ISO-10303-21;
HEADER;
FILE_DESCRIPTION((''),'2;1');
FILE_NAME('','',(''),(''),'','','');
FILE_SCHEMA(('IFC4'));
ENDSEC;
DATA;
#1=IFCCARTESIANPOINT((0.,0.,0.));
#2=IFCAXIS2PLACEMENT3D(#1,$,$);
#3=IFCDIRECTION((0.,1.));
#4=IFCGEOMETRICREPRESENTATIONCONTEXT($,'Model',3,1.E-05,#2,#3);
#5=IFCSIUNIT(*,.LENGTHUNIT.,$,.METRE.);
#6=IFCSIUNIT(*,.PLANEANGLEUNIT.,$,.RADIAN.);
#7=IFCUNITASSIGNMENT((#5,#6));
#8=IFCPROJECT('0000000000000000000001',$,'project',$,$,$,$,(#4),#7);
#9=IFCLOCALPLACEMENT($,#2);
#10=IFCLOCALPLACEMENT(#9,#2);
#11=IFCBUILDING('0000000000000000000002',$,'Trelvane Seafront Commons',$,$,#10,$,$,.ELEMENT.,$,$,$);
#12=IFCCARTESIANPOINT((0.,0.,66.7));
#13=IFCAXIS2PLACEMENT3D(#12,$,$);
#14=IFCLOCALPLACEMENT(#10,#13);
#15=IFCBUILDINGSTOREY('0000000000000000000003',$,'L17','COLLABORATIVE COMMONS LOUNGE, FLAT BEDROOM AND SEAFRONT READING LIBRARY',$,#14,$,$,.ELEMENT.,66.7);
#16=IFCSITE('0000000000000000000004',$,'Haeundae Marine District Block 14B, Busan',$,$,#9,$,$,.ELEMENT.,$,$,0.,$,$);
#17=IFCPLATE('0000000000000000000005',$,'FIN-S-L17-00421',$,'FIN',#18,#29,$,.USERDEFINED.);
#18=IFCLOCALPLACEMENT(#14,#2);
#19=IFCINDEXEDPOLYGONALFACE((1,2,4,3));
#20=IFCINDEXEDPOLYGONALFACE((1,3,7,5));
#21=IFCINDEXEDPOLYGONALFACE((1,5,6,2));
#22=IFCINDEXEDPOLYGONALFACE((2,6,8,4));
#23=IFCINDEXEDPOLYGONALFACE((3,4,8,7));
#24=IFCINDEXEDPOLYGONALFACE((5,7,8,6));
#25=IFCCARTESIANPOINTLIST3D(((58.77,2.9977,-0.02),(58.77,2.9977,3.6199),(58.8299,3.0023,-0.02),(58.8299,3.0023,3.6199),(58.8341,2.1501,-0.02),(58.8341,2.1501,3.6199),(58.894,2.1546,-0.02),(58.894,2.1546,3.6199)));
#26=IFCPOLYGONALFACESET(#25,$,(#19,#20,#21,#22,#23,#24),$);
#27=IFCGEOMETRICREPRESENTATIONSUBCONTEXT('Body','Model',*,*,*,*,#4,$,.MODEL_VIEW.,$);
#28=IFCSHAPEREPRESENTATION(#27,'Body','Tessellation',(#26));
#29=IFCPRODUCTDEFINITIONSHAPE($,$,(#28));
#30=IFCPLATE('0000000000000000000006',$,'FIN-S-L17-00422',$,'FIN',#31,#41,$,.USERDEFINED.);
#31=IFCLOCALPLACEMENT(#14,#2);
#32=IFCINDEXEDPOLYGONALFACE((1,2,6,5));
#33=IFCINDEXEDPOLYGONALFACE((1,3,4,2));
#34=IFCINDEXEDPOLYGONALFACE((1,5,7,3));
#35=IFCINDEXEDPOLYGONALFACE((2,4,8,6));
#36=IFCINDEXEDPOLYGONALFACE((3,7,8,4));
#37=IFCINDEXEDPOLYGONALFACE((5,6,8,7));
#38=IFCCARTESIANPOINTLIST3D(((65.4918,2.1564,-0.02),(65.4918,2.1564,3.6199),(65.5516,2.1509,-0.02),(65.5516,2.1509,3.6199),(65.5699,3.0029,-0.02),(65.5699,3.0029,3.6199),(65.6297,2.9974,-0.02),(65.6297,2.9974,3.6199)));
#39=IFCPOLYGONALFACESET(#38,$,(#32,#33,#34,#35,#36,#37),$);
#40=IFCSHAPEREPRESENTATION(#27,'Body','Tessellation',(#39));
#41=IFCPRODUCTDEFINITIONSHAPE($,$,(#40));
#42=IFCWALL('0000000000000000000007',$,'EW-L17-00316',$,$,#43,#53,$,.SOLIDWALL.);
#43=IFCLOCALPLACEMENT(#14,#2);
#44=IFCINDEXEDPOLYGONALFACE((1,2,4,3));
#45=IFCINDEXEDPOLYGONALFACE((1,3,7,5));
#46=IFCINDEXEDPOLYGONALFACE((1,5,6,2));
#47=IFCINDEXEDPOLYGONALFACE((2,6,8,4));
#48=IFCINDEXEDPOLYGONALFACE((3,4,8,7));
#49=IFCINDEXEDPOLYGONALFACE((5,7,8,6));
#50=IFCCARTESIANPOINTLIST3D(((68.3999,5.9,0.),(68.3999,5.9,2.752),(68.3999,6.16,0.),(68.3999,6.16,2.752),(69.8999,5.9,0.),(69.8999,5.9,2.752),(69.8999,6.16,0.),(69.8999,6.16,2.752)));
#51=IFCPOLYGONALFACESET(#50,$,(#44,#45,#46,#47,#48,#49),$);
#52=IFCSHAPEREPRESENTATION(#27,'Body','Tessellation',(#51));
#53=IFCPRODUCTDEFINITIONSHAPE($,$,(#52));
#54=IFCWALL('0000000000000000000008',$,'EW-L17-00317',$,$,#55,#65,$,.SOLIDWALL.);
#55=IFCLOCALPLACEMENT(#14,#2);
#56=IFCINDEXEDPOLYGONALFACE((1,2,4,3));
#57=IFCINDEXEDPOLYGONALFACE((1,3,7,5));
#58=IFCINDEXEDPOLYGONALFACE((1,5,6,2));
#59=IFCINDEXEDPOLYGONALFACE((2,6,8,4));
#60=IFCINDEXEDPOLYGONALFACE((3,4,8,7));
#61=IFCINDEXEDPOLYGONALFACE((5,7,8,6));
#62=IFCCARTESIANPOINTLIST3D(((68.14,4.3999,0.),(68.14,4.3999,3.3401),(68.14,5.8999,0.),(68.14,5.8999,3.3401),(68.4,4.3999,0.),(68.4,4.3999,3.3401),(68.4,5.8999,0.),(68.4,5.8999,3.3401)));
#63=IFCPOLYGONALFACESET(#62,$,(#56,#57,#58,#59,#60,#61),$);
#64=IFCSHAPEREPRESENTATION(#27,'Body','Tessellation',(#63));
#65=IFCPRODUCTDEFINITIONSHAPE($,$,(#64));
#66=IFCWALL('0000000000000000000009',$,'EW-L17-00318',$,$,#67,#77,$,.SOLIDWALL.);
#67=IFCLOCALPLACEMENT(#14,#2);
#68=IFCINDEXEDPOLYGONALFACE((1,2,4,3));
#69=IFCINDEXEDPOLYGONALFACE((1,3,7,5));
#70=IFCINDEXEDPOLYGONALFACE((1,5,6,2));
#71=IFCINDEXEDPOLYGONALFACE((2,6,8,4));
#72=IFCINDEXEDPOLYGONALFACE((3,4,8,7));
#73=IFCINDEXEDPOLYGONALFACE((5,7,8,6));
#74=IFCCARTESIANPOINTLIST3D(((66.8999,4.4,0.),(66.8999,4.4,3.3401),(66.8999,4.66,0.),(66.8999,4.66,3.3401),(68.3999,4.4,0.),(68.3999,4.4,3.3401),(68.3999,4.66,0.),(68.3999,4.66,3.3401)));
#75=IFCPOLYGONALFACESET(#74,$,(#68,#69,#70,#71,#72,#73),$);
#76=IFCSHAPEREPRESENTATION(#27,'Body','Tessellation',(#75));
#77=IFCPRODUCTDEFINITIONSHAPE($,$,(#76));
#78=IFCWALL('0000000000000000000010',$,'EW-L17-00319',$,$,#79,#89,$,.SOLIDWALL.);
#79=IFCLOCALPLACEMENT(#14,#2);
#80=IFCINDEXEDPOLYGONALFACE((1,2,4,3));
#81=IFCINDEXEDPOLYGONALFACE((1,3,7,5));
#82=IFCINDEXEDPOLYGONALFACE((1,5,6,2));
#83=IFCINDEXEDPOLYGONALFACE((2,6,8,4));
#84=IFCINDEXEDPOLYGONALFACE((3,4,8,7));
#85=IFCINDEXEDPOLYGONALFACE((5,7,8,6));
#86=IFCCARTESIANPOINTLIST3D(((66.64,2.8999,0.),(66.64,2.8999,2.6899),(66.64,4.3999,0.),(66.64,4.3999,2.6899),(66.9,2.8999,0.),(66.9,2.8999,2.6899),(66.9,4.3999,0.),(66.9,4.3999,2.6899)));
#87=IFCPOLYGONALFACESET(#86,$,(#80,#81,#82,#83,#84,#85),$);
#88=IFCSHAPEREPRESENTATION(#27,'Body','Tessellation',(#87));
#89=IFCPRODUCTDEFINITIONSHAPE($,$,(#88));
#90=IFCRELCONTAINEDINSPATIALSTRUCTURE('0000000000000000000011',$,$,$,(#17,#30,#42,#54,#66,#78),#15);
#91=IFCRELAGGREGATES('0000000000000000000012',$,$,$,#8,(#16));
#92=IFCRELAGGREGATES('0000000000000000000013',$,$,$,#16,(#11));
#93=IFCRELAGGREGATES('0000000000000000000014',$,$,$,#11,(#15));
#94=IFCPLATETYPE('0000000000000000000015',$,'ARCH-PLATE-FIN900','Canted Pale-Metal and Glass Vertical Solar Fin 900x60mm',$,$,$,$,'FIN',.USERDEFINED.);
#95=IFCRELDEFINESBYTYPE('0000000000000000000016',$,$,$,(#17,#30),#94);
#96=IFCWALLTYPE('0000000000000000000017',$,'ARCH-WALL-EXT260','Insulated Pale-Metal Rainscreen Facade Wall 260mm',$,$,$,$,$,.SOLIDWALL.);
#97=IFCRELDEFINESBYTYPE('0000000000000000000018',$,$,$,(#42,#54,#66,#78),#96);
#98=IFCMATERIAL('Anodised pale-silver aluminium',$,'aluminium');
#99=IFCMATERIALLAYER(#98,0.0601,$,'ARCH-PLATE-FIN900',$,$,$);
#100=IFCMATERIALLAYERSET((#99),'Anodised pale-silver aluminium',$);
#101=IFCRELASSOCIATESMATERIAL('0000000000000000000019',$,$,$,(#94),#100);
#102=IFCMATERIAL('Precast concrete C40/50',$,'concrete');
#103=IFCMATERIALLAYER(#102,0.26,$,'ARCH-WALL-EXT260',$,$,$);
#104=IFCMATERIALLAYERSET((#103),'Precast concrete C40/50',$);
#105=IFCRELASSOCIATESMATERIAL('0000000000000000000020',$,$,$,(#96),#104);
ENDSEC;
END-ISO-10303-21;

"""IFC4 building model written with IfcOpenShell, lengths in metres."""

from ifc_helpers import new_model, si_unit, direction, frame, frame_2d, origin, origin_2d, place, context, subcontext, project, spatial, rectangle, extrude, source, transform, mapped, material, layer, layer_set, type_object, element, save


model = new_model("IFC4")

# Units and contexts
model_context = context("Model", 3, precision=1e-05, world=origin(), true_north=direction((0.0, 1.0)))
body_context = subcontext(model_context, "Body", "Model", "MODEL_VIEW")
ifc_project = project(units=[si_unit("LENGTHUNIT", "METRE"), si_unit("PLANEANGLEUNIT", "RADIAN")], contexts=[model_context])

# Site, building, storey
site_placement = place(None, origin())
site = spatial("IfcSite", under=ifc_project, at=site_placement, Name="Haeundae Marine District Block 14B, Busan", CompositionType="ELEMENT", RefElevation=0.0)
building_placement = place(site_placement, origin())
building = spatial("IfcBuilding", under=site, at=building_placement, Name="Trelvane Seafront Commons", CompositionType="ELEMENT")
storey_placement = place(building_placement, frame((0.0, 0.0, 66.7)))
storey = spatial("IfcBuildingStorey", under=building, at=storey_placement, Name="L17", Description="COLLABORATIVE COMMONS LOUNGE, FLAT BEDROOM AND SEAFRONT READING LIBRARY", CompositionType="ELEMENT", Elevation=66.7)

# Plates
ifc_material_1 = material(Name="Anodised pale-silver aluminium", Category="aluminium")
ifc_layer_1 = layer(ifc_material_1, 0.0601, Name="ARCH-PLATE-FIN900")
ifc_layer_set_1 = layer_set([ifc_layer_1], Name="Anodised pale-silver aluminium")
plate_type = type_object("IfcPlateType", Name="ARCH-PLATE-FIN900", Description="Canted Pale-Metal and Glass Vertical Solar Fin 900x60mm", ElementType="FIN", PredefinedType="USERDEFINED", material=ifc_layer_set_1)
shared_shape_1 = source(origin(), body_context, "Body", "SweptSolid", [
    extrude(rectangle(XDim=0.8501, YDim=0.0601, at=origin_2d()), origin(), (0.0, 0.0, 1.0), 3.6399),
])
for number, where, z_axis, x_axis, name in (
    (1, (58.832, 2.5762, -0.02), (0.0, 0.0, 1.0), (0.07541, -0.997153, 0.0), "FIN-S-L17-00421"),
    (2, (65.5608, 2.5769, -0.02), (0.0, 0.0, 1.0), (-0.091882, -0.99577, 0.0), "FIN-S-L17-00422"),
):
    element("IfcPlate", number, at=place(storey_placement, frame(where, z_axis=z_axis, x_axis=x_axis)), inside=storey, type_object=plate_type, Name=name, ObjectType="FIN", PredefinedType="USERDEFINED", context=body_context, shape_type="MappedRepresentation", body=[
        mapped(shared_shape_1, transform((0.0, 0.0, 0.0), x_axis=(1.0, 0.0, 0.0), y_axis=(0.0, 1.0, 0.0), z_axis=(0.0, 0.0, 1.0), scale=1.0)),
    ])

# Walls
ifc_material_2 = material(Name="Precast concrete C40/50", Category="concrete")
ifc_layer_2 = layer(ifc_material_2, 0.26, Name="ARCH-WALL-EXT260")
ifc_layer_set_2 = layer_set([ifc_layer_2], Name="Precast concrete C40/50")
wall_type_1 = type_object("IfcWallType", Name="ARCH-WALL-EXT260", Description="Insulated Pale-Metal Rainscreen Facade Wall 260mm", PredefinedType="SOLIDWALL", material=ifc_layer_set_2)
wall_1_placement = place(storey_placement, frame((69.8999, 6.03, 0.0), z_axis=(0.0, 0.0, 1.0), x_axis=(-1.0, 0.0, 0.0)))
element("IfcWall", 3, at=wall_1_placement, inside=storey, type_object=wall_type_1, Name="EW-L17-00316", PredefinedType="SOLIDWALL", context=body_context, shape_type="SweptSolid", body=[
    extrude(rectangle(XDim=1.5, YDim=0.26, at=frame_2d((0.75, 0.0))), origin(), (0.0, 0.0, 1.0), 2.752),
])
for number, where, z_axis, x_axis, name in (
    (4, (68.27, 5.8999, 0.0), (0.0, 0.0, 1.0), (0.0, -1.0, 0.0), "EW-L17-00317"),
    (5, (68.3999, 4.53, 0.0), (0.0, 0.0, 1.0), (-1.0, 0.0, 0.0), "EW-L17-00318"),
):
    element("IfcWall", number, at=place(storey_placement, frame(where, z_axis=z_axis, x_axis=x_axis)), inside=storey, type_object=wall_type_1, Name=name, PredefinedType="SOLIDWALL", context=body_context, shape_type="SweptSolid", body=[
        extrude(rectangle(XDim=1.5, YDim=0.26, at=frame_2d((0.75, 0.0))), origin(), (0.0, 0.0, 1.0), 3.3401),
    ])
wall_2_placement = place(storey_placement, frame((66.77, 4.3999, 0.0), z_axis=(0.0, 0.0, 1.0), x_axis=(0.0, -1.0, 0.0)))
element("IfcWall", 6, at=wall_2_placement, inside=storey, type_object=wall_type_1, Name="EW-L17-00319", PredefinedType="SOLIDWALL", context=body_context, shape_type="SweptSolid", body=[
    extrude(rectangle(XDim=1.5, YDim=0.26, at=frame_2d((0.75, 0.0))), origin(), (0.0, 0.0, 1.0), 2.6899),
])

save(model, "model.ifc")
